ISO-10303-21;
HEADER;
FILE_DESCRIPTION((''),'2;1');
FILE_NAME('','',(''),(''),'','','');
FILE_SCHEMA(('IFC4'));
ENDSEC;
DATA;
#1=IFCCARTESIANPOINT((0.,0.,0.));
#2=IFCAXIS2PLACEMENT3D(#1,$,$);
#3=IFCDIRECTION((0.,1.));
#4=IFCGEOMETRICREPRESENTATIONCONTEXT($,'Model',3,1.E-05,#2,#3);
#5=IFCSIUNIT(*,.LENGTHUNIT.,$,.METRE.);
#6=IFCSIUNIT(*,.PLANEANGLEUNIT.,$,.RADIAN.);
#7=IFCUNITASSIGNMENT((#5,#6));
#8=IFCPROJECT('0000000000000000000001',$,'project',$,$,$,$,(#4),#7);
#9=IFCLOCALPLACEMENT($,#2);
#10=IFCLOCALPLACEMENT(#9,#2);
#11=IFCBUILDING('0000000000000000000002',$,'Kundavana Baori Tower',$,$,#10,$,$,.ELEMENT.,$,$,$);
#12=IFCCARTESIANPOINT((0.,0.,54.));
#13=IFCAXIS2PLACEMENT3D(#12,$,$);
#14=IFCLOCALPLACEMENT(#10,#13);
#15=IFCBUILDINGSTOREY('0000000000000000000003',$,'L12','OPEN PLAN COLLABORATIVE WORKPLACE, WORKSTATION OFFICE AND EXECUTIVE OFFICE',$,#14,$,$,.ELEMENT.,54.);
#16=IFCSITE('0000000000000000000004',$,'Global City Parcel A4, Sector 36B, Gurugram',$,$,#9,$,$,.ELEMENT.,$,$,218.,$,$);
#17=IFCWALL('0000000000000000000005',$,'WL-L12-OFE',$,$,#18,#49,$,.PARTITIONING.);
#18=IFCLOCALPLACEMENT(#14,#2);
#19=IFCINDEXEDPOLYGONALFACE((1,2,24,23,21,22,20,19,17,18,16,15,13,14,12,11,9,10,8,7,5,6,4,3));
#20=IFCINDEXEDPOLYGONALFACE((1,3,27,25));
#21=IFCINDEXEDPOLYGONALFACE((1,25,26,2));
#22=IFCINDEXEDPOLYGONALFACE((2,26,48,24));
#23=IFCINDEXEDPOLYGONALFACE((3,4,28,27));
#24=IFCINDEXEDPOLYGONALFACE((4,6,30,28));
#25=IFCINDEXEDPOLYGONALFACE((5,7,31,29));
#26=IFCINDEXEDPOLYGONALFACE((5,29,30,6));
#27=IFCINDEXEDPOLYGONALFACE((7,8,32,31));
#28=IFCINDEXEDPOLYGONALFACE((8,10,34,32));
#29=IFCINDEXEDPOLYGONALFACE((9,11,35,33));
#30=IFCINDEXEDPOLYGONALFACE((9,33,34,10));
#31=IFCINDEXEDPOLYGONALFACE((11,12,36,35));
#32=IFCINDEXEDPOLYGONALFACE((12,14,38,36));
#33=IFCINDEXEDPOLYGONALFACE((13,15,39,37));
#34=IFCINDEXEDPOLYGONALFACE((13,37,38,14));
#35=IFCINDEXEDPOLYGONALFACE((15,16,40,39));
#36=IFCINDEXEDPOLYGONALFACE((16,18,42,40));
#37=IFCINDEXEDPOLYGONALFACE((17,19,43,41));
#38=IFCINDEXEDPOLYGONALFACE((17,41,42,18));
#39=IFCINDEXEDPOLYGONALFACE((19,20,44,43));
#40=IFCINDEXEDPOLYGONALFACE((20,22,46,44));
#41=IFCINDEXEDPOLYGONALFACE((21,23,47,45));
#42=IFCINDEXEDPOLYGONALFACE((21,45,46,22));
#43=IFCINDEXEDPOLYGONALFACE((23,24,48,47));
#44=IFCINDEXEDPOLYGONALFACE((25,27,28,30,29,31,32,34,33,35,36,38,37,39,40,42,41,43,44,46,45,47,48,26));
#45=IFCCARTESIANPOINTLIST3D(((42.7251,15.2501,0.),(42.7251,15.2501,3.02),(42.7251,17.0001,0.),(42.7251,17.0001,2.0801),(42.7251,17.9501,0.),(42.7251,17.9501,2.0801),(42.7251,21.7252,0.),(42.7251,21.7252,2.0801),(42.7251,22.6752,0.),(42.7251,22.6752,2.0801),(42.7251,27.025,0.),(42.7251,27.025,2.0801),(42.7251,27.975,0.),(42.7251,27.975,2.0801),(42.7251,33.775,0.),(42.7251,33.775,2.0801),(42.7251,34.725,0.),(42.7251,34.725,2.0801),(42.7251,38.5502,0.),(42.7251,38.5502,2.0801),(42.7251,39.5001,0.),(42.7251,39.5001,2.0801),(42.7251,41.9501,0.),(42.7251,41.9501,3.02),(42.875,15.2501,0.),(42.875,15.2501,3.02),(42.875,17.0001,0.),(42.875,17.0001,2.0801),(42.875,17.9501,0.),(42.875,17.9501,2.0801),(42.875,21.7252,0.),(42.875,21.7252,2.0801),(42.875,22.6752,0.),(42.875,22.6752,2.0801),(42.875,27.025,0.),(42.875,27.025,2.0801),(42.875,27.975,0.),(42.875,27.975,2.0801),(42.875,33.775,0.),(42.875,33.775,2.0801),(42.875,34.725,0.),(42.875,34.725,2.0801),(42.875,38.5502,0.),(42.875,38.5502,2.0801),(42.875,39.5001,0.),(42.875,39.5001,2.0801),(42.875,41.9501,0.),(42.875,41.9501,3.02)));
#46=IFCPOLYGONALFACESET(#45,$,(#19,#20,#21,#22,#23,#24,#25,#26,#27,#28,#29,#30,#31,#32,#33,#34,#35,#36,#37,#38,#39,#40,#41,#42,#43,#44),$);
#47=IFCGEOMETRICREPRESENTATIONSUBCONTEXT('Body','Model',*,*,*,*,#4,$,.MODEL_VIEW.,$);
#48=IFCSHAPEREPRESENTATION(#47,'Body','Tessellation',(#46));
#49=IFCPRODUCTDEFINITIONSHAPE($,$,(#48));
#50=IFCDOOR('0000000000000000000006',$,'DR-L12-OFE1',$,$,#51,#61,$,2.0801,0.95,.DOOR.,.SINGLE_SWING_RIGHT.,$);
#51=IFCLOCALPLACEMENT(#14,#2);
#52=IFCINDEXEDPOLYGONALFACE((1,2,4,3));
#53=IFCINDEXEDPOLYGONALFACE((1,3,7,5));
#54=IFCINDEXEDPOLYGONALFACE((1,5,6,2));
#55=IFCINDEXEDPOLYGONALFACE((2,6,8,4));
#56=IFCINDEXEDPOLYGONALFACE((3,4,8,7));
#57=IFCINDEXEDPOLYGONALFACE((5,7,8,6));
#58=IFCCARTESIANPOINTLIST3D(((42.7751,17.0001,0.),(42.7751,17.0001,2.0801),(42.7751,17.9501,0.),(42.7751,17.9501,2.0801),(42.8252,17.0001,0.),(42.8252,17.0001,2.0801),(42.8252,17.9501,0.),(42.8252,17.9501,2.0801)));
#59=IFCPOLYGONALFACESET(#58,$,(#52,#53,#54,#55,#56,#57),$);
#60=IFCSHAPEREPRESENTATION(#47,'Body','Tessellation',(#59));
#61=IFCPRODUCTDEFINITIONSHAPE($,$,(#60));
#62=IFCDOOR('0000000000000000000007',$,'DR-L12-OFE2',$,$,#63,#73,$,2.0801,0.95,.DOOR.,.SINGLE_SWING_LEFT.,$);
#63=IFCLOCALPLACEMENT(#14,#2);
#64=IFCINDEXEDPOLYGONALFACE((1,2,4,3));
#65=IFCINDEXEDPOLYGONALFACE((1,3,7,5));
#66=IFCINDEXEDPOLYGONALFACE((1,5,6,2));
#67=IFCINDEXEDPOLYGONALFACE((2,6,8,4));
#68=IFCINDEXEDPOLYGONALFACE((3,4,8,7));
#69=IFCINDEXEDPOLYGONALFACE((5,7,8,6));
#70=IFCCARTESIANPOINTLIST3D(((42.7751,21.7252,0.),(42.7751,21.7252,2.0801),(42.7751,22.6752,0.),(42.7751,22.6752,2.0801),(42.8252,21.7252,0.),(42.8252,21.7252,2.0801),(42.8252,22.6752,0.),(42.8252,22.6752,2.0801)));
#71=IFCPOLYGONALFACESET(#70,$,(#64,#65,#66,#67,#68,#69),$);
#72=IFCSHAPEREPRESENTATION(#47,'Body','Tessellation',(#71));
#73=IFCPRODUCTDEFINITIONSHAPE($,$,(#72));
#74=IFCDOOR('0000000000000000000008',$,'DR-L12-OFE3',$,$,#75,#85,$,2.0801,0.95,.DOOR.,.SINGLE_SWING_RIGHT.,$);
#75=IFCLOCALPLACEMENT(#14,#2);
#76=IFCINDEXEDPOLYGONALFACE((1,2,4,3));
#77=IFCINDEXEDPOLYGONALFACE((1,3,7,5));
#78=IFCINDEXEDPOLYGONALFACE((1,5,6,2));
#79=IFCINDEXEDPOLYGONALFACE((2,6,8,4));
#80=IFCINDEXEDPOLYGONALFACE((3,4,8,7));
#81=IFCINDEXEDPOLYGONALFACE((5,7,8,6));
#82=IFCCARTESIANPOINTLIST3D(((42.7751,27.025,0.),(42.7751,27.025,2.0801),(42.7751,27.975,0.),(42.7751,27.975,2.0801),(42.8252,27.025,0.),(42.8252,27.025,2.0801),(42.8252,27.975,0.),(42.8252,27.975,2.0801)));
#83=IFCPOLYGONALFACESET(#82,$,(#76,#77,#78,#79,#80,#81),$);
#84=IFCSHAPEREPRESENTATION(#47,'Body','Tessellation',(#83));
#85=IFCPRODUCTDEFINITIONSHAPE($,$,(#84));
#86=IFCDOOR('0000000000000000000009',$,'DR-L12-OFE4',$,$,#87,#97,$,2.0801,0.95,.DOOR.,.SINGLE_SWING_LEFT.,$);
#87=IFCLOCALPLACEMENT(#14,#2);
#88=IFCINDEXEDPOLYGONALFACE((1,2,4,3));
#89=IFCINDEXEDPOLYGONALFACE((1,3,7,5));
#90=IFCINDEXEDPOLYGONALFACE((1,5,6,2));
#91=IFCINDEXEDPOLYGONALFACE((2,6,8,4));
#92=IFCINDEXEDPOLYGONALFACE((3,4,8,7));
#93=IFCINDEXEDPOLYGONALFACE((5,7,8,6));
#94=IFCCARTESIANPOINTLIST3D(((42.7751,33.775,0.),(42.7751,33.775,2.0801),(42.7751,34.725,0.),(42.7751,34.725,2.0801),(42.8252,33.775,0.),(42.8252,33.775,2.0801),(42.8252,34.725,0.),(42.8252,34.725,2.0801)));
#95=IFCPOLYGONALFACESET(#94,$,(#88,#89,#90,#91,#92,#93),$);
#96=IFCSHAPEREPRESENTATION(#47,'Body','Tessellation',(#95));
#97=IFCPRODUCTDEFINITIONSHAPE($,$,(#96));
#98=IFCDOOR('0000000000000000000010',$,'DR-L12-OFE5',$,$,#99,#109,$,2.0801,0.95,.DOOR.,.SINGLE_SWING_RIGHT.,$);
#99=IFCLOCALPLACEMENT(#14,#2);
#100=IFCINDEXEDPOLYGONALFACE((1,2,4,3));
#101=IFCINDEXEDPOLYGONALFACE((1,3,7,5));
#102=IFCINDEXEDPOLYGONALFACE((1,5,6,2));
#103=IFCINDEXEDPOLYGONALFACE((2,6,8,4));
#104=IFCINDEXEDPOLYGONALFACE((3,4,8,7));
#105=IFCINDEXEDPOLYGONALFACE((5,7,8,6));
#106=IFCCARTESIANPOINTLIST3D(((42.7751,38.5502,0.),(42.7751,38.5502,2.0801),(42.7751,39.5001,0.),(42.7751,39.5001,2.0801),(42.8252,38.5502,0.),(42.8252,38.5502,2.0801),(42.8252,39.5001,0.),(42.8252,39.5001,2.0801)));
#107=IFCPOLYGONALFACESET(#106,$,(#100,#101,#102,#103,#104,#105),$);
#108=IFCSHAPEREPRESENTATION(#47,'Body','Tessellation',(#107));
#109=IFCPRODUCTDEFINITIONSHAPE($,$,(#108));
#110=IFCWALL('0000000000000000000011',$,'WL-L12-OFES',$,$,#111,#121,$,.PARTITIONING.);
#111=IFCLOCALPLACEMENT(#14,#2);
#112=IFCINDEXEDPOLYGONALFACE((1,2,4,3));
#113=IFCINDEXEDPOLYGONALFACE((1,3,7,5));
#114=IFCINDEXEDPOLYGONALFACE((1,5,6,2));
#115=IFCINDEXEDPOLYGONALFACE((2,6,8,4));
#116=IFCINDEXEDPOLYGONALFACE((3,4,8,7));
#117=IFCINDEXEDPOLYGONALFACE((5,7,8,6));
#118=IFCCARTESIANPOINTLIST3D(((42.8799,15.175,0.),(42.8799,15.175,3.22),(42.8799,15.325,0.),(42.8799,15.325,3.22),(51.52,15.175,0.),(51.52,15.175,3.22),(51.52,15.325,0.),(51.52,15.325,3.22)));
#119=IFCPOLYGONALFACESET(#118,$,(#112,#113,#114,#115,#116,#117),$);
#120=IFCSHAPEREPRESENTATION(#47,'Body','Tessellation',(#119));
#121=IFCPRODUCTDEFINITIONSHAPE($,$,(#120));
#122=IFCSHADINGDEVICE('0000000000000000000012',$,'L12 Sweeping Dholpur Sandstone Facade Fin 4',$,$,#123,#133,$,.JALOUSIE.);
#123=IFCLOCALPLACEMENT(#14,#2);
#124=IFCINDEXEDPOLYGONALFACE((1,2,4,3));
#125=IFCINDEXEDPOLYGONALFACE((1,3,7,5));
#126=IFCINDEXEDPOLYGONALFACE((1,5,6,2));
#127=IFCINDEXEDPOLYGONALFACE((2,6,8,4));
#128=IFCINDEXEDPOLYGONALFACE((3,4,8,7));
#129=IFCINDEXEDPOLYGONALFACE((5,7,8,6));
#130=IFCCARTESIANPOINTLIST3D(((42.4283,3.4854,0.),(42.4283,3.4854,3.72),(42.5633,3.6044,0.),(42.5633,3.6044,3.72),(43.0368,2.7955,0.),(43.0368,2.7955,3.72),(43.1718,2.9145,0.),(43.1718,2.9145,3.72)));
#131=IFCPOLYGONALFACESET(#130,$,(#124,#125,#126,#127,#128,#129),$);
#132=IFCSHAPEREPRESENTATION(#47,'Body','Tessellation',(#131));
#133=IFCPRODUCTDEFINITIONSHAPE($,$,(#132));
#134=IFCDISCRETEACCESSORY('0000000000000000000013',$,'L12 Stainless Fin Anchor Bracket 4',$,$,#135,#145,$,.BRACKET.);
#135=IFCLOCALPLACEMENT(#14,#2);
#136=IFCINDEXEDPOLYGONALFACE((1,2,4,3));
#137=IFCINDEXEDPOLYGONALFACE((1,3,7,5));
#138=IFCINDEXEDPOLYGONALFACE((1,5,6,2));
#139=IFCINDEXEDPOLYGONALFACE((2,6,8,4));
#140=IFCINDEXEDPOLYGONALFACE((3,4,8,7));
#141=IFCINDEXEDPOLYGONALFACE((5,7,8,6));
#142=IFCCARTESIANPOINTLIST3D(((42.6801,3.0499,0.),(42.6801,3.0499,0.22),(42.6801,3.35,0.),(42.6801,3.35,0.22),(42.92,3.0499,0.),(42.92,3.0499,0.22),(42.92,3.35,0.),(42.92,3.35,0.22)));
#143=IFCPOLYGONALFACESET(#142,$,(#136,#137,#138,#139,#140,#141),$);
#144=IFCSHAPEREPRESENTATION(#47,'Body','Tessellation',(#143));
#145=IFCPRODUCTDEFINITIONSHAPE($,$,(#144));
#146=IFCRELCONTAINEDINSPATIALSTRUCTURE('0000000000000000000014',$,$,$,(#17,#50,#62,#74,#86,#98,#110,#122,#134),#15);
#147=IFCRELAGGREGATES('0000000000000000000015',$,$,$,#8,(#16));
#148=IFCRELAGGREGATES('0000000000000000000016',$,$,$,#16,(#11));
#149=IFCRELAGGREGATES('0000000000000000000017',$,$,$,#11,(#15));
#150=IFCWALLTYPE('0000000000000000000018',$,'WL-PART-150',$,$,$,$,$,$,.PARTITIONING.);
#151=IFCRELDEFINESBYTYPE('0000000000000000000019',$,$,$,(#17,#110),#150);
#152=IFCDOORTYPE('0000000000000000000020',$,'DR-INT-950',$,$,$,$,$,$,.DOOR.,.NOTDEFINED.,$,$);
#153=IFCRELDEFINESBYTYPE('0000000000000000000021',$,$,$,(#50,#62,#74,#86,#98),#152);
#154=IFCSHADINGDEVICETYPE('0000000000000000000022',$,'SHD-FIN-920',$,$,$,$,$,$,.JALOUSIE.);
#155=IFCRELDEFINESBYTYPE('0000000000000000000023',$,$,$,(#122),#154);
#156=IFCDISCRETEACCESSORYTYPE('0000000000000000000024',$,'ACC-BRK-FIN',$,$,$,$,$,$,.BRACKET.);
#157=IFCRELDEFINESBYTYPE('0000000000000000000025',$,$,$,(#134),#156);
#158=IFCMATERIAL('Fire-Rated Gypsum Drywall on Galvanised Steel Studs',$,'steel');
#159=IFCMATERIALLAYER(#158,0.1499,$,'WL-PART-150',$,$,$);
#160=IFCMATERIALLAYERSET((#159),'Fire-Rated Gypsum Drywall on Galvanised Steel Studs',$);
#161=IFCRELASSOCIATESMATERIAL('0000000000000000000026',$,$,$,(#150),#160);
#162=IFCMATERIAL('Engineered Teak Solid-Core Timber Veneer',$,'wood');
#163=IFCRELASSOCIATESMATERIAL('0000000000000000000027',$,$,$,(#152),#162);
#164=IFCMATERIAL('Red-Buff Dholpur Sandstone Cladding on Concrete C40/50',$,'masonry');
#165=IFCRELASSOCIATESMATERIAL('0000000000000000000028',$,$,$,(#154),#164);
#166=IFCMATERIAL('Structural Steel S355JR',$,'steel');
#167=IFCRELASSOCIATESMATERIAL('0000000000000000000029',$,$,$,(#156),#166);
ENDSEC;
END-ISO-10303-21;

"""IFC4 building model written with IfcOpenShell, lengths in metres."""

from ifc_helpers import new_model, si_unit, direction, frame, frame_2d, origin, origin_2d, place, context, subcontext, project, spatial, rectangle, extrude, material, layer, layer_set, type_object, element, fill, save


model = new_model("IFC4")

# Units and contexts
model_context = context("Model", 3, precision=1e-05, world=origin(), true_north=direction((0.0, 1.0)))
body_context = subcontext(model_context, "Body", "Model", "MODEL_VIEW")
ifc_project = project(units=[si_unit("LENGTHUNIT", "METRE"), si_unit("PLANEANGLEUNIT", "RADIAN")], contexts=[model_context])

# Site, building, storey
site_placement = place(None, origin())
site = spatial("IfcSite", under=ifc_project, at=site_placement, Name="Global City Parcel A4, Sector 36B, Gurugram", CompositionType="ELEMENT", RefElevation=218.0)
building_placement = place(site_placement, origin())
building = spatial("IfcBuilding", under=site, at=building_placement, Name="Kundavana Baori Tower", CompositionType="ELEMENT")
storey_placement = place(building_placement, frame((0.0, 0.0, 54.0)))
storey = spatial("IfcBuildingStorey", under=building, at=storey_placement, Name="L12", Description="OPEN PLAN COLLABORATIVE WORKPLACE, WORKSTATION OFFICE AND EXECUTIVE OFFICE", CompositionType="ELEMENT", Elevation=54.0)

# Shared definitions
ifc_material_1 = material(Name="Fire-Rated Gypsum Drywall on Galvanised Steel Studs", Category="steel")
ifc_layer_1 = layer(ifc_material_1, 0.1499, Name="WL-PART-150")
ifc_layer_set_1 = layer_set([ifc_layer_1], Name="Fire-Rated Gypsum Drywall on Galvanised Steel Studs")
wall_type_1 = type_object("IfcWallType", Name="WL-PART-150", PredefinedType="PARTITIONING", material=ifc_layer_set_1)

# Wall, openings, doors
wall_1_placement = place(storey_placement, frame((42.8, 15.25, 0.0), z_axis=(0.0, 0.0, 1.0), x_axis=(0.0, 1.0, 0.0)))
wall_1 = element("IfcWall", 1, at=wall_1_placement, inside=storey, type_object=wall_type_1, Name="WL-L12-OFE", PredefinedType="PARTITIONING", context=body_context, shape_type="SweptSolid", body=[
    extrude(rectangle(XDim=26.7, YDim=0.1499, at=frame_2d((13.3501, 0.0))), origin(), (0.0, 0.0, 1.0), 3.02),
])
opening_1_placement = place(wall_1_placement, frame((1.75, 0.0, 0.0)))
opening_1 = element("IfcOpeningElement", 2, at=opening_1_placement, cuts=wall_1, PredefinedType="OPENING", context=body_context, shape_type="SweptSolid", body=[
    extrude(rectangle(XDim=0.95, YDim=2.0801, at=frame_2d((0.4751, 1.04))), frame((0.0, 0.085, 0.0), z_axis=(0.0, -1.0, 0.0), x_axis=(1.0, 0.0, 0.0)), (0.0, 0.0, 1.0), 0.1699),
])
opening_2_placement = place(wall_1_placement, frame((6.4751, 0.0, 0.0)))
opening_2 = element("IfcOpeningElement", 3, at=opening_2_placement, cuts=wall_1, PredefinedType="OPENING", context=body_context, shape_type="SweptSolid", body=[
    extrude(rectangle(XDim=0.95, YDim=2.0801, at=frame_2d((0.4751, 1.04))), frame((0.0, 0.085, 0.0), z_axis=(0.0, -1.0, 0.0), x_axis=(1.0, 0.0, 0.0)), (0.0, 0.0, 1.0), 0.1699),
])
opening_3_placement = place(wall_1_placement, frame((11.7749, 0.0, 0.0)))
opening_3 = element("IfcOpeningElement", 4, at=opening_3_placement, cuts=wall_1, PredefinedType="OPENING", context=body_context, shape_type="SweptSolid", body=[
    extrude(rectangle(XDim=0.95, YDim=2.0801, at=frame_2d((0.4751, 1.04))), frame((0.0, 0.085, 0.0), z_axis=(0.0, -1.0, 0.0), x_axis=(1.0, 0.0, 0.0)), (0.0, 0.0, 1.0), 0.1699),
])
opening_4_placement = place(wall_1_placement, frame((18.5249, 0.0, 0.0)))
opening_4 = element("IfcOpeningElement", 5, at=opening_4_placement, cuts=wall_1, PredefinedType="OPENING", context=body_context, shape_type="SweptSolid", body=[
    extrude(rectangle(XDim=0.95, YDim=2.0801, at=frame_2d((0.4751, 1.04))), frame((0.0, 0.085, 0.0), z_axis=(0.0, -1.0, 0.0), x_axis=(1.0, 0.0, 0.0)), (0.0, 0.0, 1.0), 0.1699),
])
opening_5_placement = place(wall_1_placement, frame((23.3, 0.0, 0.0)))
opening_5 = element("IfcOpeningElement", 6, at=opening_5_placement, cuts=wall_1, PredefinedType="OPENING", context=body_context, shape_type="SweptSolid", body=[
    extrude(rectangle(XDim=0.95, YDim=2.0801, at=frame_2d((0.4751, 1.04))), frame((0.0, 0.085, 0.0), z_axis=(0.0, -1.0, 0.0), x_axis=(1.0, 0.0, 0.0)), (0.0, 0.0, 1.0), 0.1699),
])
ifc_material_2 = material(Name="Engineered Teak Solid-Core Timber Veneer", Category="wood")
door_type_1 = type_object("IfcDoorType", Name="DR-INT-950", OperationType="NOTDEFINED", PredefinedType="DOOR", material=ifc_material_2)
door_1_placement = place(opening_1_placement, origin())
door_1 = element("IfcDoor", 7, at=door_1_placement, inside=storey, type_object=door_type_1, Name="DR-L12-OFE1", OperationType="SINGLE_SWING_RIGHT", OverallHeight=2.0801, OverallWidth=0.95, PredefinedType="DOOR", context=body_context, shape_type="SweptSolid", body=[
    extrude(rectangle(XDim=0.95, YDim=2.0801, at=frame_2d((0.4751, 1.04))), frame((0.0, 0.0249, 0.0), z_axis=(0.0, -1.0, 0.0), x_axis=(1.0, 0.0, 0.0)), (0.0, 0.0, 1.0), 0.05),
])
fill(opening_1, door_1)
door_2_placement = place(opening_2_placement, origin())
door_2 = element("IfcDoor", 8, at=door_2_placement, inside=storey, type_object=door_type_1, Name="DR-L12-OFE2", OperationType="SINGLE_SWING_LEFT", OverallHeight=2.0801, OverallWidth=0.95, PredefinedType="DOOR", context=body_context, shape_type="SweptSolid", body=[
    extrude(rectangle(XDim=0.95, YDim=2.0801, at=frame_2d((0.4751, 1.04))), frame((0.0, 0.0249, 0.0), z_axis=(0.0, -1.0, 0.0), x_axis=(1.0, 0.0, 0.0)), (0.0, 0.0, 1.0), 0.05),
])
fill(opening_2, door_2)
door_3_placement = place(opening_3_placement, origin())
door_3 = element("IfcDoor", 9, at=door_3_placement, inside=storey, type_object=door_type_1, Name="DR-L12-OFE3", OperationType="SINGLE_SWING_RIGHT", OverallHeight=2.0801, OverallWidth=0.95, PredefinedType="DOOR", context=body_context, shape_type="SweptSolid", body=[
    extrude(rectangle(XDim=0.95, YDim=2.0801, at=frame_2d((0.4751, 1.04))), frame((0.0, 0.0249, 0.0), z_axis=(0.0, -1.0, 0.0), x_axis=(1.0, 0.0, 0.0)), (0.0, 0.0, 1.0), 0.05),
])
fill(opening_3, door_3)
door_4_placement = place(opening_4_placement, origin())
door_4 = element("IfcDoor", 10, at=door_4_placement, inside=storey, type_object=door_type_1, Name="DR-L12-OFE4", OperationType="SINGLE_SWING_LEFT", OverallHeight=2.0801, OverallWidth=0.95, PredefinedType="DOOR", context=body_context, shape_type="SweptSolid", body=[
    extrude(rectangle(XDim=0.95, YDim=2.0801, at=frame_2d((0.4751, 1.04))), frame((0.0, 0.0249, 0.0), z_axis=(0.0, -1.0, 0.0), x_axis=(1.0, 0.0, 0.0)), (0.0, 0.0, 1.0), 0.05),
])
fill(opening_4, door_4)
door_5_placement = place(opening_5_placement, origin())
door_5 = element("IfcDoor", 11, at=door_5_placement, inside=storey, type_object=door_type_1, Name="DR-L12-OFE5", OperationType="SINGLE_SWING_RIGHT", OverallHeight=2.0801, OverallWidth=0.95, PredefinedType="DOOR", context=body_context, shape_type="SweptSolid", body=[
    extrude(rectangle(XDim=0.95, YDim=2.0801, at=frame_2d((0.4751, 1.04))), frame((0.0, 0.0249, 0.0), z_axis=(0.0, -1.0, 0.0), x_axis=(1.0, 0.0, 0.0)), (0.0, 0.0, 1.0), 0.05),
])
fill(opening_5, door_5)

# Wall
wall_2_placement = place(storey_placement, frame((42.8799, 15.25, 0.0), z_axis=(0.0, 0.0, 1.0), x_axis=(1.0, 0.0, 0.0)))
element("IfcWall", 12, at=wall_2_placement, inside=storey, type_object=wall_type_1, Name="WL-L12-OFES", PredefinedType="PARTITIONING", context=body_context, shape_type="SweptSolid", body=[
    extrude(rectangle(XDim=8.6401, YDim=0.1499, at=frame_2d((4.3201, 0.0))), origin(), (0.0, 0.0, 1.0), 3.22),
])

# Shading device
ifc_material_3 = material(Name="Red-Buff Dholpur Sandstone Cladding on Concrete C40/50", Category="masonry")
shading_device_type = type_object("IfcShadingDeviceType", Name="SHD-FIN-920", PredefinedType="JALOUSIE", material=ifc_material_3)
shading_device_placement = place(storey_placement, frame((42.8, 3.2, 0.0), z_axis=(0.0, 0.0, 1.0), x_axis=(0.749996, 0.661443, 0.0)))
element("IfcShadingDevice", 13, at=shading_device_placement, inside=storey, type_object=shading_device_type, Name="L12 Sweeping Dholpur Sandstone Facade Fin 4", PredefinedType="JALOUSIE", context=body_context, shape_type="SweptSolid", body=[
    extrude(rectangle(XDim=0.1799, YDim=0.9199, at=origin_2d()), origin(), (0.0, 0.0, 1.0), 3.72),
])

# Discrete accessory
ifc_material_4 = material(Name="Structural Steel S355JR", Category="steel")
discrete_accessory_type = type_object("IfcDiscreteAccessoryType", Name="ACC-BRK-FIN", PredefinedType="BRACKET", material=ifc_material_4)
discrete_accessory_placement = place(storey_placement, frame((42.8, 3.2, 0.0), z_axis=(0.0, 0.0, 1.0), x_axis=(1.0, 0.0, 0.0)))
element("IfcDiscreteAccessory", 14, at=discrete_accessory_placement, inside=storey, type_object=discrete_accessory_type, Name="L12 Stainless Fin Anchor Bracket 4", PredefinedType="BRACKET", context=body_context, shape_type="SweptSolid", body=[
    extrude(rectangle(XDim=0.24, YDim=0.3, at=origin_2d()), origin(), (0.0, 0.0, 1.0), 0.22),
])

save(model, "model.ifc")
